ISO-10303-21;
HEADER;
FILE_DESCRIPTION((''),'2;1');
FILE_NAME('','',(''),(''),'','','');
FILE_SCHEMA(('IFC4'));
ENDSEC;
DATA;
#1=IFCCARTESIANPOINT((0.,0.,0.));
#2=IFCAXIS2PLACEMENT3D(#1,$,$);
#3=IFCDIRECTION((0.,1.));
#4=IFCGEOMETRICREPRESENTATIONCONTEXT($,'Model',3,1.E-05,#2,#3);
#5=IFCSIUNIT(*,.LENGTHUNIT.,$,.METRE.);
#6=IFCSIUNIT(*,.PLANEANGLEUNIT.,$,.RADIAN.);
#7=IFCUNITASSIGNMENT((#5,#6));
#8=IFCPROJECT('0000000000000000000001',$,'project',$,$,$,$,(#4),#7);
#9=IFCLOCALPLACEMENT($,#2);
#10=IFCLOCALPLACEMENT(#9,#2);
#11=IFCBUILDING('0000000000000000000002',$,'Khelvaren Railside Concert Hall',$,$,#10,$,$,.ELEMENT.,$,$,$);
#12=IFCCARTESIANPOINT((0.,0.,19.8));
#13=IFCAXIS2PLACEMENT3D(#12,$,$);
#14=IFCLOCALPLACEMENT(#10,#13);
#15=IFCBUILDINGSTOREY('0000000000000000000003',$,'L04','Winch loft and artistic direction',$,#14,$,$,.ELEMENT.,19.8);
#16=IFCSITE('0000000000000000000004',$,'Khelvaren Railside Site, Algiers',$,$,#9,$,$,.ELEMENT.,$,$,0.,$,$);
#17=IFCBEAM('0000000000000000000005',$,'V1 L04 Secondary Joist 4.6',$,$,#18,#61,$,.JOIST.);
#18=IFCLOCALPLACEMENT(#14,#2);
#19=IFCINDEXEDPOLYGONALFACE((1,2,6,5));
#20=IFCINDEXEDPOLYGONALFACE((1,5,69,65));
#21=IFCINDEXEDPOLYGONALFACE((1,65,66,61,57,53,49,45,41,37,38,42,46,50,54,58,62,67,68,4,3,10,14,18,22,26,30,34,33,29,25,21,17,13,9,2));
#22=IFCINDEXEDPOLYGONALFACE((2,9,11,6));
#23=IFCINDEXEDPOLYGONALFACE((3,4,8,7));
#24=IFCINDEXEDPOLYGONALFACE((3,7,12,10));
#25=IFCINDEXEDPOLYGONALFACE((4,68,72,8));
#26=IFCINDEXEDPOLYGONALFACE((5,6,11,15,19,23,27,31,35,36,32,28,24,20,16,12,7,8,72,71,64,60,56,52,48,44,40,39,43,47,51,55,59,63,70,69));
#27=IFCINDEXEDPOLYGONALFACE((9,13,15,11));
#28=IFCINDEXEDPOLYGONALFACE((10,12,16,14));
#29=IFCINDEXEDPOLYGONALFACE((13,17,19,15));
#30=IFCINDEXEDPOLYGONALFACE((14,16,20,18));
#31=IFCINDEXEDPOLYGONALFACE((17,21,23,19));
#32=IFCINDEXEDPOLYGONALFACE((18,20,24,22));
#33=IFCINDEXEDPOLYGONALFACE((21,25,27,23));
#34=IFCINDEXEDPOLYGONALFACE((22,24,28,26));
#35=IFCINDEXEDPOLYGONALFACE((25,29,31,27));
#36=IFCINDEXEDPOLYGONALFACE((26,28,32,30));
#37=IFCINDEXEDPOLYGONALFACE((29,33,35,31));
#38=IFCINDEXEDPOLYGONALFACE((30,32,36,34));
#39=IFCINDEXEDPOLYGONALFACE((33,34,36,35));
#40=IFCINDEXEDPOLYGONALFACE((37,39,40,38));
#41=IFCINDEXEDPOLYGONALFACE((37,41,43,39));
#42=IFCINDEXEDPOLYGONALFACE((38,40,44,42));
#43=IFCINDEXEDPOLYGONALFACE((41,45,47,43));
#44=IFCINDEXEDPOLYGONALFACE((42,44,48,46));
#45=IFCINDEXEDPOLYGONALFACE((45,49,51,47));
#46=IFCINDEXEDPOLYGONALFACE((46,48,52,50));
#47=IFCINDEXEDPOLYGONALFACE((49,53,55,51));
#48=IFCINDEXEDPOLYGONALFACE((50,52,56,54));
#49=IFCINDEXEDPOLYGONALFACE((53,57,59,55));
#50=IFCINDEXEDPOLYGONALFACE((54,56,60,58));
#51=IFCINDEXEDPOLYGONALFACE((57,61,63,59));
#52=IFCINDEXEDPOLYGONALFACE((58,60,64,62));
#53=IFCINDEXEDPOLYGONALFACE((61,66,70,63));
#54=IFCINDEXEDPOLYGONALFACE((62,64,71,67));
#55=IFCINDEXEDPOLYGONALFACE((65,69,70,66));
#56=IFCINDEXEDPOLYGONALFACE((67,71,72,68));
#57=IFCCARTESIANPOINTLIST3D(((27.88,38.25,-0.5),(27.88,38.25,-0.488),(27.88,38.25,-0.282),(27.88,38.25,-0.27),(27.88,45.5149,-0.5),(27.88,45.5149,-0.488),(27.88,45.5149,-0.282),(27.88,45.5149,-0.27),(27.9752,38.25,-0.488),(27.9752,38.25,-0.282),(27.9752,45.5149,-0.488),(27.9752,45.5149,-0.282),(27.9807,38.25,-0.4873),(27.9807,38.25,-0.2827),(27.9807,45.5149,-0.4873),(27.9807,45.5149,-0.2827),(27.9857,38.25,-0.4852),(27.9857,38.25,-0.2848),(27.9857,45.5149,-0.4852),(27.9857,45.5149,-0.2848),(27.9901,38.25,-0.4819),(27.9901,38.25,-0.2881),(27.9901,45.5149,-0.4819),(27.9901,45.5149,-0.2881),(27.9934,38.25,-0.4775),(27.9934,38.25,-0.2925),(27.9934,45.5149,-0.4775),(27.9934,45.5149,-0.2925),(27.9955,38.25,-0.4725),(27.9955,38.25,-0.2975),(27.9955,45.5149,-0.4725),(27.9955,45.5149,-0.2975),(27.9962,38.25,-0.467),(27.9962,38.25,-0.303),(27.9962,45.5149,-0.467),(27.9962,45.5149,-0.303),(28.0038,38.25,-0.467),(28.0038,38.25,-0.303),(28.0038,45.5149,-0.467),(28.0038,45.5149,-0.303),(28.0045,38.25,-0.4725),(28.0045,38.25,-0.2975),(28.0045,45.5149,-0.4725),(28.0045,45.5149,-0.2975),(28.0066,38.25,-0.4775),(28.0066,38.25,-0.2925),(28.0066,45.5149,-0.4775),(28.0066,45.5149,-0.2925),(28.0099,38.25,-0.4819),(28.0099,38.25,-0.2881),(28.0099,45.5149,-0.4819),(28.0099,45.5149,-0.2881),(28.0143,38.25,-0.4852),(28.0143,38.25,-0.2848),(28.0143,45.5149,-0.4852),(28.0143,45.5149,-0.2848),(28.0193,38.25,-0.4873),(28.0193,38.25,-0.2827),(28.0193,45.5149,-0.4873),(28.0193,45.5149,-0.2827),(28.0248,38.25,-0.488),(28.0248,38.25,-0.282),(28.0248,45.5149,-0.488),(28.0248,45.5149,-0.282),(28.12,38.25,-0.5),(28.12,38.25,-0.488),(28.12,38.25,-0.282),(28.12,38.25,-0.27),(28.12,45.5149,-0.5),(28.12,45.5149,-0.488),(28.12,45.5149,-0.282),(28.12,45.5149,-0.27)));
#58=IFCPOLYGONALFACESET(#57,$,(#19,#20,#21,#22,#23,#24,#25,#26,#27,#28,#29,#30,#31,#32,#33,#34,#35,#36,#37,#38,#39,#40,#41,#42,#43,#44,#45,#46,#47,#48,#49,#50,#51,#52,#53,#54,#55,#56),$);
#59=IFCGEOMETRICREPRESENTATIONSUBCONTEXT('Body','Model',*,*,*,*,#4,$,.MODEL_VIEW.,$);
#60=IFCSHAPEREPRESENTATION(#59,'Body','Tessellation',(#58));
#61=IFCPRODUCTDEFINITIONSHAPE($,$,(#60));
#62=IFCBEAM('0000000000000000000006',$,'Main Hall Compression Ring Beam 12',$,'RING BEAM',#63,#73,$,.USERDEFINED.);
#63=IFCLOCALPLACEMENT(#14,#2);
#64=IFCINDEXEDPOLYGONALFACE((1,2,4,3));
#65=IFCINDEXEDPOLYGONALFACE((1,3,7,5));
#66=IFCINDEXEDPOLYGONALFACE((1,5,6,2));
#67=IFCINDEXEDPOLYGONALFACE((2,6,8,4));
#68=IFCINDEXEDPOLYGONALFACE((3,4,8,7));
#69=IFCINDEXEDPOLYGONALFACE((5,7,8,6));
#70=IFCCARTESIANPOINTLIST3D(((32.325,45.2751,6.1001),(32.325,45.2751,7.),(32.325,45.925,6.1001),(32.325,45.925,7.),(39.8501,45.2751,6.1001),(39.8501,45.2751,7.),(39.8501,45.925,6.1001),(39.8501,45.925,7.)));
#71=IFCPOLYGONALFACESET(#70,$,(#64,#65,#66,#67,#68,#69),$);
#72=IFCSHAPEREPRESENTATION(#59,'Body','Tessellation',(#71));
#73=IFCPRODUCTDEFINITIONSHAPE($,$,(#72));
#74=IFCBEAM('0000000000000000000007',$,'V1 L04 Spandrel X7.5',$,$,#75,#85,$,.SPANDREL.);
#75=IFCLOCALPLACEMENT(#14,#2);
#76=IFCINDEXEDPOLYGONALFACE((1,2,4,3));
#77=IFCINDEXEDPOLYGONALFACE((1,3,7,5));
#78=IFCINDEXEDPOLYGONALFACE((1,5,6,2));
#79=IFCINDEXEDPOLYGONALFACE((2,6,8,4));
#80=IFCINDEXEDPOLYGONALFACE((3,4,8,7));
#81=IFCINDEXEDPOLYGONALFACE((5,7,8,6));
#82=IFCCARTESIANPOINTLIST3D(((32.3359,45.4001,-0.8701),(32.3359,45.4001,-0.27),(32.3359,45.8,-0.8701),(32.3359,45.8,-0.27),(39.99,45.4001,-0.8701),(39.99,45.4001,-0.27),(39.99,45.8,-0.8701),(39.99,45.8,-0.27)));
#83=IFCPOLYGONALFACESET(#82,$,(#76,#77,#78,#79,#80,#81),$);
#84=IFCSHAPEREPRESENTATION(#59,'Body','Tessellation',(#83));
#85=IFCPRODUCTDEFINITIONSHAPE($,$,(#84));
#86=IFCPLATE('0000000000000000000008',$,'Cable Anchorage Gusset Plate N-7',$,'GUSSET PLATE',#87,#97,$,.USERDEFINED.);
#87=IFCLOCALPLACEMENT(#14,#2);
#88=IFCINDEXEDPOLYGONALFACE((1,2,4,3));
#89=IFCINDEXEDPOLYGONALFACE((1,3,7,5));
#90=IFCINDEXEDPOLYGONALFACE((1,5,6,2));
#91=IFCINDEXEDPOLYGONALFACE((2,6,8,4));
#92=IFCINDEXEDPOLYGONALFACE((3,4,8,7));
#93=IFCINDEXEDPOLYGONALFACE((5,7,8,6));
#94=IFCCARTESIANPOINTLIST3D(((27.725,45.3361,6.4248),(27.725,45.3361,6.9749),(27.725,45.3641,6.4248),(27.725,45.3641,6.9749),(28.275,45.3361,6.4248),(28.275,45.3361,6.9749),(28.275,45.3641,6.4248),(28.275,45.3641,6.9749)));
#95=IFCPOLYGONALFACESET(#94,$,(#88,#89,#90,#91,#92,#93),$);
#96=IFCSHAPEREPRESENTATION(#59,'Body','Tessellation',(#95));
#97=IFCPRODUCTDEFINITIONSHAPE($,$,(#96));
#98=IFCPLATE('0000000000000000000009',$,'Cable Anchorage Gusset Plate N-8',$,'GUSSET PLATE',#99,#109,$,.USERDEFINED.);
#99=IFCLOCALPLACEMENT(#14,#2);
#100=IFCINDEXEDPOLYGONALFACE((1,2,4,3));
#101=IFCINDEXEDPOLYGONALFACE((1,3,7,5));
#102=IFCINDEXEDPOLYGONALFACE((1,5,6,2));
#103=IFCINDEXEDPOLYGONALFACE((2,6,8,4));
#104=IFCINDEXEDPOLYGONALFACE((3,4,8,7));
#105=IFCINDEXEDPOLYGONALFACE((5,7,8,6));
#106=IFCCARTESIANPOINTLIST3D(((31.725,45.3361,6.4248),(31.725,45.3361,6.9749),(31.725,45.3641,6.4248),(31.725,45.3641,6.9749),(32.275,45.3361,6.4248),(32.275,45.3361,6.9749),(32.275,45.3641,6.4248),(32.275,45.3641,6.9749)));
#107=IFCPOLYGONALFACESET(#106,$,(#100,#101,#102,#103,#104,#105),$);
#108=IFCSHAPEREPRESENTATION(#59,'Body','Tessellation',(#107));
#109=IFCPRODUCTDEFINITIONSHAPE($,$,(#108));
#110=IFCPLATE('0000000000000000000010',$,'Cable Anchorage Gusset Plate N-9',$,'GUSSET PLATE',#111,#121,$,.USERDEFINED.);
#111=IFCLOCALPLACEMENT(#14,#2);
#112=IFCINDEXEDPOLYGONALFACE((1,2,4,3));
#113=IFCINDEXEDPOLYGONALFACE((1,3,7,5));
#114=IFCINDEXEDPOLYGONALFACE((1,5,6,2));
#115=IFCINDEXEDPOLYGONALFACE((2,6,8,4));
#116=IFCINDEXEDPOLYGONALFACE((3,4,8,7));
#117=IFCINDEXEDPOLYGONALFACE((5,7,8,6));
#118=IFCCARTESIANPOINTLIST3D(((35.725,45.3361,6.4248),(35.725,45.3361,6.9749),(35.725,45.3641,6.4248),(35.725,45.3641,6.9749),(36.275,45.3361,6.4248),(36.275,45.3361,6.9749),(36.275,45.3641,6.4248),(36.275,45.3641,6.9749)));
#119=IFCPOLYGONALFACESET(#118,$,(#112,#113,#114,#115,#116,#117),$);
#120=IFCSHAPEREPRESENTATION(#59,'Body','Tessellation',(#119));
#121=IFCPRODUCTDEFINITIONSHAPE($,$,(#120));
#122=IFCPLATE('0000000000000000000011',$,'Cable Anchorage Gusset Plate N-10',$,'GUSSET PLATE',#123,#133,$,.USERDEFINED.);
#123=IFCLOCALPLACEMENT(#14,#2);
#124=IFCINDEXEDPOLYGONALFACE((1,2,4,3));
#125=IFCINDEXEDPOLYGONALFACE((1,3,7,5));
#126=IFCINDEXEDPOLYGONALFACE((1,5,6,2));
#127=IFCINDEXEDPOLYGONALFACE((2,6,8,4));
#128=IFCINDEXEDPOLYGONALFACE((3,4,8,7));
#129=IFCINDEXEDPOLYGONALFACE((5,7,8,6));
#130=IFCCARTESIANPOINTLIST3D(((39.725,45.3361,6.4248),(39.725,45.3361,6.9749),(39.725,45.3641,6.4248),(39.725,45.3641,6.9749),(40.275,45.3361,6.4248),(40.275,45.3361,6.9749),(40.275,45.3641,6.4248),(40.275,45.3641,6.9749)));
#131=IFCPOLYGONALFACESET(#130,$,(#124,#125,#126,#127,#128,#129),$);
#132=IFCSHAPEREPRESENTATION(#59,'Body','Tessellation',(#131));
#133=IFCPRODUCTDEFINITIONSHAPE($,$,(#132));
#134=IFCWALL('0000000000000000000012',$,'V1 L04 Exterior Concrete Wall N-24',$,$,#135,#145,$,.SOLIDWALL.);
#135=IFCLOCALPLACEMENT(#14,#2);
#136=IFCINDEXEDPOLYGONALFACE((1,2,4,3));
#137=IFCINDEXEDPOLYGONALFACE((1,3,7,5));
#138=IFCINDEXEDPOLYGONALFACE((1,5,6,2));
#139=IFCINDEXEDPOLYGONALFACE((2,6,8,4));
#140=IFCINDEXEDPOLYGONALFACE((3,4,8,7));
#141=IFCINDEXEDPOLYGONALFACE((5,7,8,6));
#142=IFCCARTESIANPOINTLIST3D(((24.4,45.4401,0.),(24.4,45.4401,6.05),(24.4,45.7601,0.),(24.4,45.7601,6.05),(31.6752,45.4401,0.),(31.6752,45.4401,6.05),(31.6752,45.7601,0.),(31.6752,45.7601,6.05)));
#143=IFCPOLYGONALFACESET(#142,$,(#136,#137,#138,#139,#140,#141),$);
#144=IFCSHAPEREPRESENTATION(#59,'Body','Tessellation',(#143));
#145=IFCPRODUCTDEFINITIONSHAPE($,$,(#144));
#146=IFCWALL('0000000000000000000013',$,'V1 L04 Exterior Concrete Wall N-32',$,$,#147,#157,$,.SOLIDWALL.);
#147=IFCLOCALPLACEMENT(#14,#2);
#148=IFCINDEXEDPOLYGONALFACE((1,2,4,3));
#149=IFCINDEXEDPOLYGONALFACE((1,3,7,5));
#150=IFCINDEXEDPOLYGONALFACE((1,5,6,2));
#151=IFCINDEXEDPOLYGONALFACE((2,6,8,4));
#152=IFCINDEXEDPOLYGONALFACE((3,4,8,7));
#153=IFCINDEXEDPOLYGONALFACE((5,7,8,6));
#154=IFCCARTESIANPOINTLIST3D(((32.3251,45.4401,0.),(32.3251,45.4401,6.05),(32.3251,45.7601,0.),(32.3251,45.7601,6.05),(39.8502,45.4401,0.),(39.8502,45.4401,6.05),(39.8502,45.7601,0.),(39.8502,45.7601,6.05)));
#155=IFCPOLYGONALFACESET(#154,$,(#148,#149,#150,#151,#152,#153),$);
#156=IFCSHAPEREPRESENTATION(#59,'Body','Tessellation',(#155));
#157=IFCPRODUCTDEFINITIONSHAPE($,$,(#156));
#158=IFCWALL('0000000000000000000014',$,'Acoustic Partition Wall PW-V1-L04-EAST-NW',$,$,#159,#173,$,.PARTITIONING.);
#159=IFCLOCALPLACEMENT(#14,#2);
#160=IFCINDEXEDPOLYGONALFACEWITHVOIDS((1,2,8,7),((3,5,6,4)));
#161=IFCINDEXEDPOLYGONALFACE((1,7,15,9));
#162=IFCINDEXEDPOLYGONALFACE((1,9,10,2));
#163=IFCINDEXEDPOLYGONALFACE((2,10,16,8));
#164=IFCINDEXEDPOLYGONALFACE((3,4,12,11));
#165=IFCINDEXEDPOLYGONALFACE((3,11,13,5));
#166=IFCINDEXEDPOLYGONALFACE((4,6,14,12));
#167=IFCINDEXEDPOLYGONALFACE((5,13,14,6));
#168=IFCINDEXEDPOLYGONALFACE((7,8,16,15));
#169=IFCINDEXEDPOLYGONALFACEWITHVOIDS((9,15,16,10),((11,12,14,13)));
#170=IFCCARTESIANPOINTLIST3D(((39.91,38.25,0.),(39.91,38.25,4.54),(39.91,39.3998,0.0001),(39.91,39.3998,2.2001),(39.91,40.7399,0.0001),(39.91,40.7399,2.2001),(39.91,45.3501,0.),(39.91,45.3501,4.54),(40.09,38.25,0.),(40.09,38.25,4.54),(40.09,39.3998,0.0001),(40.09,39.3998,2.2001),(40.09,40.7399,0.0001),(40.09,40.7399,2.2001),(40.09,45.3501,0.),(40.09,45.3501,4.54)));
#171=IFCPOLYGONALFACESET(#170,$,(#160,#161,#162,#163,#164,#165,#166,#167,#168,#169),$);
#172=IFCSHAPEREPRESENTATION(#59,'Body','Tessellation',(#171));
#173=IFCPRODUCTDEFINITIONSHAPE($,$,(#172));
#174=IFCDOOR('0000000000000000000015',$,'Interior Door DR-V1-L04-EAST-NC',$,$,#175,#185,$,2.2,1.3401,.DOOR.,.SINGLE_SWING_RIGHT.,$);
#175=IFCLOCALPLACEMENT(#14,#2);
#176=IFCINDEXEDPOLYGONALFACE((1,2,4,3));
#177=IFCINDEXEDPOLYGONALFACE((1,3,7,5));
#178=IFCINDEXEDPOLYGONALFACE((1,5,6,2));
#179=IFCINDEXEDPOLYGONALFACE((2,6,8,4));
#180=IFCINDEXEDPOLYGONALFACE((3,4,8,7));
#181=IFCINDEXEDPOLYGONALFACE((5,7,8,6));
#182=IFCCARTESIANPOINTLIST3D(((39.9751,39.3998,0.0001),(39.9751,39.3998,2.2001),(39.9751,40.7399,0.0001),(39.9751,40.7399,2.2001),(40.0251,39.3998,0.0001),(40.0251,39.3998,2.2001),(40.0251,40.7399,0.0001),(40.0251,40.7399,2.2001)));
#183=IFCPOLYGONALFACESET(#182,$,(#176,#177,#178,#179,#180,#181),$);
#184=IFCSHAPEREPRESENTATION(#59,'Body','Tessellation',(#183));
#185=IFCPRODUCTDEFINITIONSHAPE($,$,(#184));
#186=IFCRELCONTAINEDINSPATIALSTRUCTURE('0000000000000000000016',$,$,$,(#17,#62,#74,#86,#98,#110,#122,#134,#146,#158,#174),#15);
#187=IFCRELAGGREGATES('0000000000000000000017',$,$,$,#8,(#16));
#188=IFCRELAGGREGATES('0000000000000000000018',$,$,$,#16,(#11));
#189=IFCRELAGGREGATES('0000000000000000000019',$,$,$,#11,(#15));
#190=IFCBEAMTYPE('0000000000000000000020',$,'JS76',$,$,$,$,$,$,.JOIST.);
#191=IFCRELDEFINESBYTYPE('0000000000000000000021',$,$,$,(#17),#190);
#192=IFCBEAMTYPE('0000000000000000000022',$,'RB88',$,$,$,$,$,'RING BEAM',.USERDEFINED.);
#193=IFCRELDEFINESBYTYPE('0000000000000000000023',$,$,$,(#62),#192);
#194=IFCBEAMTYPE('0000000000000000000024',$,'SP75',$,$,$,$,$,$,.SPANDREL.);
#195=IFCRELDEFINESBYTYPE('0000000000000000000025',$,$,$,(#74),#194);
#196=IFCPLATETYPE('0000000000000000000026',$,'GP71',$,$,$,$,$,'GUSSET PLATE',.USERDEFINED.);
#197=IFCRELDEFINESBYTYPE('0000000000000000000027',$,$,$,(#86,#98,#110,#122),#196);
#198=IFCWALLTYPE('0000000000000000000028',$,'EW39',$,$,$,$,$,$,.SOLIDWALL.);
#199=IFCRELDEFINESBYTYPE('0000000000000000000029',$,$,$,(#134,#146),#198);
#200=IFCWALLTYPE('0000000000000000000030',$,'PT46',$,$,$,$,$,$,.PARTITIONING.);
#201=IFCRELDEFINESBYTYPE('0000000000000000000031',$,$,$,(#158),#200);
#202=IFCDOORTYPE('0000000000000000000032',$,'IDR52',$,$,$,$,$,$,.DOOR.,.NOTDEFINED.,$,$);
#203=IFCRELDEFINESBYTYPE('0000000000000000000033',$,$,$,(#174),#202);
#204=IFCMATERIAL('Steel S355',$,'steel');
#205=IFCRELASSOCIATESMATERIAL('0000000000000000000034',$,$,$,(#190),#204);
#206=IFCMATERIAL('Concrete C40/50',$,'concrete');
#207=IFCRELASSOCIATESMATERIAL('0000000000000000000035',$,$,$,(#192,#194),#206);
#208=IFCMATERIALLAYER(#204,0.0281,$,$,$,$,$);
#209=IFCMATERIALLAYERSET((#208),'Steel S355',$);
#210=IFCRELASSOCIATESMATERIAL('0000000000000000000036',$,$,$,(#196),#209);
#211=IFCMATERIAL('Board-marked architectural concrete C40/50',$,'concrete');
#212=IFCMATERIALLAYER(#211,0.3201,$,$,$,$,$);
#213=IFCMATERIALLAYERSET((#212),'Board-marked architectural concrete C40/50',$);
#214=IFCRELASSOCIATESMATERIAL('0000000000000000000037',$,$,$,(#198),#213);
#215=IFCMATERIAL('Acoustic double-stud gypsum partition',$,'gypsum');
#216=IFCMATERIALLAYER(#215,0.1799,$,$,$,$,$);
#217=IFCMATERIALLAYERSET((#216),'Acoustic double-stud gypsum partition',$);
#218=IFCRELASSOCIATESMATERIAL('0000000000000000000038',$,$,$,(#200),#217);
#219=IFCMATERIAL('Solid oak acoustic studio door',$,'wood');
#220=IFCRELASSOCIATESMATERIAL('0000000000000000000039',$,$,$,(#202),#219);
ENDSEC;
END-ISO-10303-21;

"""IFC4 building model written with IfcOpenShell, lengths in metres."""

from ifc_helpers import new_model, si_unit, direction, frame, frame_2d, origin, origin_2d, place, context, subcontext, project, spatial, rectangle, i_section, extrude, material, layer, layer_set, material_profile, profile_set, type_object, element, fill, save


model = new_model("IFC4")

# Units and contexts
model_context = context("Model", 3, precision=1e-05, world=origin(), true_north=direction((0.0, 1.0)))
body_context = subcontext(model_context, "Body", "Model", "MODEL_VIEW")
ifc_project = project(units=[si_unit("LENGTHUNIT", "METRE"), si_unit("PLANEANGLEUNIT", "RADIAN")], contexts=[model_context])

# Site, building, storey
site_placement = place(None, origin())
site = spatial("IfcSite", under=ifc_project, at=site_placement, Name="Khelvaren Railside Site, Algiers", CompositionType="ELEMENT", RefElevation=0.0)
building_placement = place(site_placement, origin())
building = spatial("IfcBuilding", under=site, at=building_placement, Name="Khelvaren Railside Concert Hall", CompositionType="ELEMENT")
storey_placement = place(building_placement, frame((0.0, 0.0, 19.8)))
storey = spatial("IfcBuildingStorey", under=building, at=storey_placement, Name="L04", Description="Winch loft and artistic direction", CompositionType="ELEMENT", Elevation=19.8)

# Shared definitions
ifc_material_1 = material(Name="Steel S355", Category="steel")

# Beams
ifc_material_profile_1 = material_profile(ifc_material_1, i_section(OverallWidth=0.24, OverallDepth=0.23, WebThickness=0.0076, FlangeThickness=0.012, FilletRadius=0.021, at=origin_2d()), Name="HEA 240")
ifc_profile_set_1 = profile_set([ifc_material_profile_1], Name="Steel S355")
beam_type_1 = type_object("IfcBeamType", Name="JS76", PredefinedType="JOIST", material=ifc_profile_set_1)
beam_1_placement = place(storey_placement, frame((28.0, 38.25, -0.385), z_axis=(0.0, 1.0, 0.0), x_axis=(-1.0, 0.0, 0.0)))
element("IfcBeam", 1, at=beam_1_placement, inside=storey, type_object=beam_type_1, Name="V1 L04 Secondary Joist 4.6", PredefinedType="JOIST", context=body_context, shape_type="SweptSolid", body=[
    extrude(i_section(OverallWidth=0.24, OverallDepth=0.23, WebThickness=0.0076, FlangeThickness=0.012, FilletRadius=0.021, at=origin_2d()), origin(), (0.0, 0.0, 1.0), 7.2649),
])
ifc_material_2 = material(Name="Concrete C40/50", Category="concrete")
ifc_material_profile_2 = material_profile(ifc_material_2, rectangle(XDim=0.6499, YDim=0.8999, at=origin_2d()), Name="RCB 650x900")
ifc_profile_set_2 = profile_set([ifc_material_profile_2], Name="Concrete C40/50")
beam_type_2 = type_object("IfcBeamType", Name="RB88", ElementType="RING BEAM", PredefinedType="USERDEFINED", material=ifc_profile_set_2)
beam_2_placement = place(storey_placement, frame((32.325, 45.6001, 6.55), z_axis=(1.0, 0.0, 0.0), x_axis=(0.0, 1.0, 0.0)))
element("IfcBeam", 2, at=beam_2_placement, inside=storey, type_object=beam_type_2, Name="Main Hall Compression Ring Beam 12", ObjectType="RING BEAM", PredefinedType="USERDEFINED", context=body_context, shape_type="SweptSolid", body=[
    extrude(rectangle(XDim=0.6499, YDim=0.8999, at=origin_2d()), origin(), (0.0, 0.0, 1.0), 7.5251),
])
ifc_material_profile_3 = material_profile(ifc_material_2, rectangle(XDim=0.3999, YDim=0.6001, at=origin_2d()), Name="RCB 400x600")
ifc_profile_set_3 = profile_set([ifc_material_profile_3], Name="Concrete C40/50")
beam_type_3 = type_object("IfcBeamType", Name="SP75", PredefinedType="SPANDREL", material=ifc_profile_set_3)
beam_3_placement = place(storey_placement, frame((32.3359, 45.6001, -0.5701), z_axis=(1.0, 0.0, 0.0), x_axis=(0.0, 1.0, 0.0)))
element("IfcBeam", 3, at=beam_3_placement, inside=storey, type_object=beam_type_3, Name="V1 L04 Spandrel X7.5", PredefinedType="SPANDREL", context=body_context, shape_type="SweptSolid", body=[
    extrude(rectangle(XDim=0.3999, YDim=0.6001, at=origin_2d()), origin(), (0.0, 0.0, 1.0), 7.6541),
])

# Plates
ifc_layer_1 = layer(ifc_material_1, 0.0281)
ifc_layer_set_1 = layer_set([ifc_layer_1], Name="Steel S355")
plate_type = type_object("IfcPlateType", Name="GP71", ElementType="GUSSET PLATE", PredefinedType="USERDEFINED", material=ifc_layer_set_1)
for number, where, z_axis, x_axis, name in (
    (4, (28.0, 45.3501, 6.4248), (0.0, 0.0, 1.0), (1.0, 0.0, 0.0), "Cable Anchorage Gusset Plate N-7"),
    (5, (32.0, 45.3501, 6.4248), (0.0, 0.0, 1.0), (1.0, 0.0, 0.0), "Cable Anchorage Gusset Plate N-8"),
    (6, (36.0, 45.3501, 6.4248), (0.0, 0.0, 1.0), (1.0, 0.0, 0.0), "Cable Anchorage Gusset Plate N-9"),
    (7, (40.0, 45.3501, 6.4248), (0.0, 0.0, 1.0), (1.0, 0.0, 0.0), "Cable Anchorage Gusset Plate N-10"),
):
    element("IfcPlate", number, at=place(storey_placement, frame(where, z_axis=z_axis, x_axis=x_axis)), inside=storey, type_object=plate_type, Name=name, ObjectType="GUSSET PLATE", PredefinedType="USERDEFINED", context=body_context, shape_type="SweptSolid", body=[
        extrude(rectangle(XDim=0.55, YDim=0.0281, at=origin_2d()), origin(), (0.0, 0.0, 1.0), 0.55),
    ])

# Walls
ifc_material_3 = material(Name="Board-marked architectural concrete C40/50", Category="concrete")
ifc_layer_2 = layer(ifc_material_3, 0.3201)
ifc_layer_set_2 = layer_set([ifc_layer_2], Name="Board-marked architectural concrete C40/50")
wall_type_1 = type_object("IfcWallType", Name="EW39", PredefinedType="SOLIDWALL", material=ifc_layer_set_2)
wall_1_placement = place(storey_placement, frame((24.3999, 45.6001, 0.0), z_axis=(0.0, 0.0, 1.0), x_axis=(1.0, 0.0, 0.0)))
element("IfcWall", 8, at=wall_1_placement, inside=storey, type_object=wall_type_1, Name="V1 L04 Exterior Concrete Wall N-24", PredefinedType="SOLIDWALL", context=body_context, shape_type="SweptSolid", body=[
    extrude(rectangle(XDim=7.2751, YDim=0.3201, at=frame_2d((3.6377, 0.0))), origin(), (0.0, 0.0, 1.0), 6.05),
])
wall_2_placement = place(storey_placement, frame((32.325, 45.6001, 0.0), z_axis=(0.0, 0.0, 1.0), x_axis=(1.0, 0.0, 0.0)))
element("IfcWall", 9, at=wall_2_placement, inside=storey, type_object=wall_type_1, Name="V1 L04 Exterior Concrete Wall N-32", PredefinedType="SOLIDWALL", context=body_context, shape_type="SweptSolid", body=[
    extrude(rectangle(XDim=7.5251, YDim=0.3201, at=frame_2d((3.7627, 0.0))), origin(), (0.0, 0.0, 1.0), 6.05),
])

# Wall, opening, door
ifc_material_4 = material(Name="Acoustic double-stud gypsum partition", Category="gypsum")
ifc_layer_3 = layer(ifc_material_4, 0.1799)
ifc_layer_set_3 = layer_set([ifc_layer_3], Name="Acoustic double-stud gypsum partition")
wall_type_2 = type_object("IfcWallType", Name="PT46", PredefinedType="PARTITIONING", material=ifc_layer_set_3)
wall_3_placement = place(storey_placement, frame((40.0, 38.25, 0.0), z_axis=(0.0, 0.0, 1.0), x_axis=(0.0, 1.0, 0.0)))
wall_3 = element("IfcWall", 10, at=wall_3_placement, inside=storey, type_object=wall_type_2, Name="Acoustic Partition Wall PW-V1-L04-EAST-NW", PredefinedType="PARTITIONING", context=body_context, shape_type="SweptSolid", body=[
    extrude(rectangle(XDim=7.1001, YDim=0.1799, at=frame_2d((3.55, 0.0))), origin(), (0.0, 0.0, 1.0), 4.54),
])
opening_1_placement = place(wall_3_placement, frame((1.1499, 0.0, 0.0)))
opening_1 = element("IfcOpeningElement", 11, at=opening_1_placement, cuts=wall_3, PredefinedType="OPENING", context=body_context, shape_type="SweptSolid", body=[
    extrude(rectangle(XDim=1.3401, YDim=2.2, at=frame_2d((0.6699, 1.1001))), frame((0.0, 0.0999, 0.0), z_axis=(0.0, -1.0, 0.0), x_axis=(1.0, 0.0, 0.0)), (0.0, 0.0, 1.0), 0.2),
])
ifc_material_5 = material(Name="Solid oak acoustic studio door", Category="wood")
door_type_1 = type_object("IfcDoorType", Name="IDR52", OperationType="NOTDEFINED", PredefinedType="DOOR", material=ifc_material_5)
door_1_placement = place(opening_1_placement, origin())
door_1 = element("IfcDoor", 12, at=door_1_placement, inside=storey, type_object=door_type_1, Name="Interior Door DR-V1-L04-EAST-NC", OperationType="SINGLE_SWING_RIGHT", OverallHeight=2.2, OverallWidth=1.3401, PredefinedType="DOOR", context=body_context, shape_type="SweptSolid", body=[
    extrude(rectangle(XDim=1.3401, YDim=2.2, at=frame_2d((0.6699, 1.1001))), frame((0.0, 0.0249, 0.0), z_axis=(0.0, -1.0, 0.0), x_axis=(1.0, 0.0, 0.0)), (0.0, 0.0, 1.0), 0.05),
])
fill(opening_1, door_1)

save(model, "model.ifc")
